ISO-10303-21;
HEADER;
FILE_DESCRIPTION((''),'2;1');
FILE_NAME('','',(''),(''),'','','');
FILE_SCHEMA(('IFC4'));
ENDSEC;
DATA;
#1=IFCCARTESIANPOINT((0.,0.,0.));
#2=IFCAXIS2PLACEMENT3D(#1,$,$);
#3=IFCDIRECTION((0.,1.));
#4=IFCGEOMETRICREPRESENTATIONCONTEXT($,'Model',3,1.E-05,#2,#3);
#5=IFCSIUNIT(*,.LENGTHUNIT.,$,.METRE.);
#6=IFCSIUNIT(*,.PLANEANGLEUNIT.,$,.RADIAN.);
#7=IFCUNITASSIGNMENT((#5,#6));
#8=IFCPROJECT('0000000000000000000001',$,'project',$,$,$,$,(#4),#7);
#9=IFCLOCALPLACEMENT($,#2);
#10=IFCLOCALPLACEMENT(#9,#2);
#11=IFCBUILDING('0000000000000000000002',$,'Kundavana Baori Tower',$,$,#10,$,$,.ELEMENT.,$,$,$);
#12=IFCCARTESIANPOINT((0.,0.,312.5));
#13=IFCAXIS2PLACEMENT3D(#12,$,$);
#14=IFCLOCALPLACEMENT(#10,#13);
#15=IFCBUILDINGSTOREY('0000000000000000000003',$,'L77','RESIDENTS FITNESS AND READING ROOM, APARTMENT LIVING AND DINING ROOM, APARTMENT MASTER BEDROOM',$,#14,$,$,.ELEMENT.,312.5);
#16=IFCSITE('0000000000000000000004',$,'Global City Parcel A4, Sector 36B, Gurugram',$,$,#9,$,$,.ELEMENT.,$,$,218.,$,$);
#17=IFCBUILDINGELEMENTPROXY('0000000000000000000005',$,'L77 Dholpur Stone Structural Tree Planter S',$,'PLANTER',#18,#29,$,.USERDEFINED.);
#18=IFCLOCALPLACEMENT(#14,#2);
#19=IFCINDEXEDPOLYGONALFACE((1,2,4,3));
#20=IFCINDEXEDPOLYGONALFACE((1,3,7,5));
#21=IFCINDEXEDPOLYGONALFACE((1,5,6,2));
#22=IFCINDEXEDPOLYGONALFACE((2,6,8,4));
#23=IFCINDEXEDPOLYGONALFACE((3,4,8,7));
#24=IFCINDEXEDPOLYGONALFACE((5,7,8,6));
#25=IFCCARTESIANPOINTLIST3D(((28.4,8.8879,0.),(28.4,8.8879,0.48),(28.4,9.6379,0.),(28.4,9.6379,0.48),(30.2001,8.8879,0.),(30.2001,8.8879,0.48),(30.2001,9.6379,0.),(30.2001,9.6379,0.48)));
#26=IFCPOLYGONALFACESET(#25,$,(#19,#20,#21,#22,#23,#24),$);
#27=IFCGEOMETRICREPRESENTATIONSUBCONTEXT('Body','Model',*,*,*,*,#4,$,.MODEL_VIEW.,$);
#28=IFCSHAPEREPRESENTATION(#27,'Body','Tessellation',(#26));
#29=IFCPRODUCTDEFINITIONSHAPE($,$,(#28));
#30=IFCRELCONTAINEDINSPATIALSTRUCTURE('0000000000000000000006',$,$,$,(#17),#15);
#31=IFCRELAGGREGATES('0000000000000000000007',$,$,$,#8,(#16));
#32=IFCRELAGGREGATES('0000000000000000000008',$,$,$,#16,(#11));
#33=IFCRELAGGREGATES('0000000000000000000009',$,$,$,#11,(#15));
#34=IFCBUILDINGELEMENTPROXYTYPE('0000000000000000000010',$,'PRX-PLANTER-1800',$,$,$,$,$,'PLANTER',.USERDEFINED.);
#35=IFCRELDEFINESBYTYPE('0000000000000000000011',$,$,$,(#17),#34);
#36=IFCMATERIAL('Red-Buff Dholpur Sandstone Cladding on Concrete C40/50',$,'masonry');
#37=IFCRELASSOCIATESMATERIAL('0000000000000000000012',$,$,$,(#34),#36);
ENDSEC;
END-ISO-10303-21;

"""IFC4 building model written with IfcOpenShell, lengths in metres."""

from ifc_helpers import new_model, si_unit, direction, frame, origin, origin_2d, place, context, subcontext, project, spatial, rectangle, extrude, material, type_object, element, save


model = new_model("IFC4")

# Units and contexts
model_context = context("Model", 3, precision=1e-05, world=origin(), true_north=direction((0.0, 1.0)))
body_context = subcontext(model_context, "Body", "Model", "MODEL_VIEW")
ifc_project = project(units=[si_unit("LENGTHUNIT", "METRE"), si_unit("PLANEANGLEUNIT", "RADIAN")], contexts=[model_context])

# Site, building, storey
site_placement = place(None, origin())
site = spatial("IfcSite", under=ifc_project, at=site_placement, Name="Global City Parcel A4, Sector 36B, Gurugram", CompositionType="ELEMENT", RefElevation=218.0)
building_placement = place(site_placement, origin())
building = spatial("IfcBuilding", under=site, at=building_placement, Name="Kundavana Baori Tower", CompositionType="ELEMENT")
storey_placement = place(building_placement, frame((0.0, 0.0, 312.5)))
storey = spatial("IfcBuildingStorey", under=building, at=storey_placement, Name="L77", Description="RESIDENTS FITNESS AND READING ROOM, APARTMENT LIVING AND DINING ROOM, APARTMENT MASTER BEDROOM", CompositionType="ELEMENT", Elevation=312.5)

# Building element proxy
ifc_material_1 = material(Name="Red-Buff Dholpur Sandstone Cladding on Concrete C40/50", Category="masonry")
building_element_proxy_type = type_object("IfcBuildingElementProxyType", Name="PRX-PLANTER-1800", ElementType="PLANTER", PredefinedType="USERDEFINED", material=ifc_material_1)
proxy_placement = place(storey_placement, frame((29.3, 9.2629, 0.0), z_axis=(0.0, 0.0, 1.0), x_axis=(1.0, 0.0, 0.0)))
element("IfcBuildingElementProxy", 1, at=proxy_placement, inside=storey, type_object=building_element_proxy_type, Name="L77 Dholpur Stone Structural Tree Planter S", ObjectType="PLANTER", PredefinedType="USERDEFINED", context=body_context, shape_type="SweptSolid", body=[
    extrude(rectangle(XDim=1.8, YDim=0.75, at=origin_2d()), origin(), (0.0, 0.0, 1.0), 0.48),
])

save(model, "model.ifc")
